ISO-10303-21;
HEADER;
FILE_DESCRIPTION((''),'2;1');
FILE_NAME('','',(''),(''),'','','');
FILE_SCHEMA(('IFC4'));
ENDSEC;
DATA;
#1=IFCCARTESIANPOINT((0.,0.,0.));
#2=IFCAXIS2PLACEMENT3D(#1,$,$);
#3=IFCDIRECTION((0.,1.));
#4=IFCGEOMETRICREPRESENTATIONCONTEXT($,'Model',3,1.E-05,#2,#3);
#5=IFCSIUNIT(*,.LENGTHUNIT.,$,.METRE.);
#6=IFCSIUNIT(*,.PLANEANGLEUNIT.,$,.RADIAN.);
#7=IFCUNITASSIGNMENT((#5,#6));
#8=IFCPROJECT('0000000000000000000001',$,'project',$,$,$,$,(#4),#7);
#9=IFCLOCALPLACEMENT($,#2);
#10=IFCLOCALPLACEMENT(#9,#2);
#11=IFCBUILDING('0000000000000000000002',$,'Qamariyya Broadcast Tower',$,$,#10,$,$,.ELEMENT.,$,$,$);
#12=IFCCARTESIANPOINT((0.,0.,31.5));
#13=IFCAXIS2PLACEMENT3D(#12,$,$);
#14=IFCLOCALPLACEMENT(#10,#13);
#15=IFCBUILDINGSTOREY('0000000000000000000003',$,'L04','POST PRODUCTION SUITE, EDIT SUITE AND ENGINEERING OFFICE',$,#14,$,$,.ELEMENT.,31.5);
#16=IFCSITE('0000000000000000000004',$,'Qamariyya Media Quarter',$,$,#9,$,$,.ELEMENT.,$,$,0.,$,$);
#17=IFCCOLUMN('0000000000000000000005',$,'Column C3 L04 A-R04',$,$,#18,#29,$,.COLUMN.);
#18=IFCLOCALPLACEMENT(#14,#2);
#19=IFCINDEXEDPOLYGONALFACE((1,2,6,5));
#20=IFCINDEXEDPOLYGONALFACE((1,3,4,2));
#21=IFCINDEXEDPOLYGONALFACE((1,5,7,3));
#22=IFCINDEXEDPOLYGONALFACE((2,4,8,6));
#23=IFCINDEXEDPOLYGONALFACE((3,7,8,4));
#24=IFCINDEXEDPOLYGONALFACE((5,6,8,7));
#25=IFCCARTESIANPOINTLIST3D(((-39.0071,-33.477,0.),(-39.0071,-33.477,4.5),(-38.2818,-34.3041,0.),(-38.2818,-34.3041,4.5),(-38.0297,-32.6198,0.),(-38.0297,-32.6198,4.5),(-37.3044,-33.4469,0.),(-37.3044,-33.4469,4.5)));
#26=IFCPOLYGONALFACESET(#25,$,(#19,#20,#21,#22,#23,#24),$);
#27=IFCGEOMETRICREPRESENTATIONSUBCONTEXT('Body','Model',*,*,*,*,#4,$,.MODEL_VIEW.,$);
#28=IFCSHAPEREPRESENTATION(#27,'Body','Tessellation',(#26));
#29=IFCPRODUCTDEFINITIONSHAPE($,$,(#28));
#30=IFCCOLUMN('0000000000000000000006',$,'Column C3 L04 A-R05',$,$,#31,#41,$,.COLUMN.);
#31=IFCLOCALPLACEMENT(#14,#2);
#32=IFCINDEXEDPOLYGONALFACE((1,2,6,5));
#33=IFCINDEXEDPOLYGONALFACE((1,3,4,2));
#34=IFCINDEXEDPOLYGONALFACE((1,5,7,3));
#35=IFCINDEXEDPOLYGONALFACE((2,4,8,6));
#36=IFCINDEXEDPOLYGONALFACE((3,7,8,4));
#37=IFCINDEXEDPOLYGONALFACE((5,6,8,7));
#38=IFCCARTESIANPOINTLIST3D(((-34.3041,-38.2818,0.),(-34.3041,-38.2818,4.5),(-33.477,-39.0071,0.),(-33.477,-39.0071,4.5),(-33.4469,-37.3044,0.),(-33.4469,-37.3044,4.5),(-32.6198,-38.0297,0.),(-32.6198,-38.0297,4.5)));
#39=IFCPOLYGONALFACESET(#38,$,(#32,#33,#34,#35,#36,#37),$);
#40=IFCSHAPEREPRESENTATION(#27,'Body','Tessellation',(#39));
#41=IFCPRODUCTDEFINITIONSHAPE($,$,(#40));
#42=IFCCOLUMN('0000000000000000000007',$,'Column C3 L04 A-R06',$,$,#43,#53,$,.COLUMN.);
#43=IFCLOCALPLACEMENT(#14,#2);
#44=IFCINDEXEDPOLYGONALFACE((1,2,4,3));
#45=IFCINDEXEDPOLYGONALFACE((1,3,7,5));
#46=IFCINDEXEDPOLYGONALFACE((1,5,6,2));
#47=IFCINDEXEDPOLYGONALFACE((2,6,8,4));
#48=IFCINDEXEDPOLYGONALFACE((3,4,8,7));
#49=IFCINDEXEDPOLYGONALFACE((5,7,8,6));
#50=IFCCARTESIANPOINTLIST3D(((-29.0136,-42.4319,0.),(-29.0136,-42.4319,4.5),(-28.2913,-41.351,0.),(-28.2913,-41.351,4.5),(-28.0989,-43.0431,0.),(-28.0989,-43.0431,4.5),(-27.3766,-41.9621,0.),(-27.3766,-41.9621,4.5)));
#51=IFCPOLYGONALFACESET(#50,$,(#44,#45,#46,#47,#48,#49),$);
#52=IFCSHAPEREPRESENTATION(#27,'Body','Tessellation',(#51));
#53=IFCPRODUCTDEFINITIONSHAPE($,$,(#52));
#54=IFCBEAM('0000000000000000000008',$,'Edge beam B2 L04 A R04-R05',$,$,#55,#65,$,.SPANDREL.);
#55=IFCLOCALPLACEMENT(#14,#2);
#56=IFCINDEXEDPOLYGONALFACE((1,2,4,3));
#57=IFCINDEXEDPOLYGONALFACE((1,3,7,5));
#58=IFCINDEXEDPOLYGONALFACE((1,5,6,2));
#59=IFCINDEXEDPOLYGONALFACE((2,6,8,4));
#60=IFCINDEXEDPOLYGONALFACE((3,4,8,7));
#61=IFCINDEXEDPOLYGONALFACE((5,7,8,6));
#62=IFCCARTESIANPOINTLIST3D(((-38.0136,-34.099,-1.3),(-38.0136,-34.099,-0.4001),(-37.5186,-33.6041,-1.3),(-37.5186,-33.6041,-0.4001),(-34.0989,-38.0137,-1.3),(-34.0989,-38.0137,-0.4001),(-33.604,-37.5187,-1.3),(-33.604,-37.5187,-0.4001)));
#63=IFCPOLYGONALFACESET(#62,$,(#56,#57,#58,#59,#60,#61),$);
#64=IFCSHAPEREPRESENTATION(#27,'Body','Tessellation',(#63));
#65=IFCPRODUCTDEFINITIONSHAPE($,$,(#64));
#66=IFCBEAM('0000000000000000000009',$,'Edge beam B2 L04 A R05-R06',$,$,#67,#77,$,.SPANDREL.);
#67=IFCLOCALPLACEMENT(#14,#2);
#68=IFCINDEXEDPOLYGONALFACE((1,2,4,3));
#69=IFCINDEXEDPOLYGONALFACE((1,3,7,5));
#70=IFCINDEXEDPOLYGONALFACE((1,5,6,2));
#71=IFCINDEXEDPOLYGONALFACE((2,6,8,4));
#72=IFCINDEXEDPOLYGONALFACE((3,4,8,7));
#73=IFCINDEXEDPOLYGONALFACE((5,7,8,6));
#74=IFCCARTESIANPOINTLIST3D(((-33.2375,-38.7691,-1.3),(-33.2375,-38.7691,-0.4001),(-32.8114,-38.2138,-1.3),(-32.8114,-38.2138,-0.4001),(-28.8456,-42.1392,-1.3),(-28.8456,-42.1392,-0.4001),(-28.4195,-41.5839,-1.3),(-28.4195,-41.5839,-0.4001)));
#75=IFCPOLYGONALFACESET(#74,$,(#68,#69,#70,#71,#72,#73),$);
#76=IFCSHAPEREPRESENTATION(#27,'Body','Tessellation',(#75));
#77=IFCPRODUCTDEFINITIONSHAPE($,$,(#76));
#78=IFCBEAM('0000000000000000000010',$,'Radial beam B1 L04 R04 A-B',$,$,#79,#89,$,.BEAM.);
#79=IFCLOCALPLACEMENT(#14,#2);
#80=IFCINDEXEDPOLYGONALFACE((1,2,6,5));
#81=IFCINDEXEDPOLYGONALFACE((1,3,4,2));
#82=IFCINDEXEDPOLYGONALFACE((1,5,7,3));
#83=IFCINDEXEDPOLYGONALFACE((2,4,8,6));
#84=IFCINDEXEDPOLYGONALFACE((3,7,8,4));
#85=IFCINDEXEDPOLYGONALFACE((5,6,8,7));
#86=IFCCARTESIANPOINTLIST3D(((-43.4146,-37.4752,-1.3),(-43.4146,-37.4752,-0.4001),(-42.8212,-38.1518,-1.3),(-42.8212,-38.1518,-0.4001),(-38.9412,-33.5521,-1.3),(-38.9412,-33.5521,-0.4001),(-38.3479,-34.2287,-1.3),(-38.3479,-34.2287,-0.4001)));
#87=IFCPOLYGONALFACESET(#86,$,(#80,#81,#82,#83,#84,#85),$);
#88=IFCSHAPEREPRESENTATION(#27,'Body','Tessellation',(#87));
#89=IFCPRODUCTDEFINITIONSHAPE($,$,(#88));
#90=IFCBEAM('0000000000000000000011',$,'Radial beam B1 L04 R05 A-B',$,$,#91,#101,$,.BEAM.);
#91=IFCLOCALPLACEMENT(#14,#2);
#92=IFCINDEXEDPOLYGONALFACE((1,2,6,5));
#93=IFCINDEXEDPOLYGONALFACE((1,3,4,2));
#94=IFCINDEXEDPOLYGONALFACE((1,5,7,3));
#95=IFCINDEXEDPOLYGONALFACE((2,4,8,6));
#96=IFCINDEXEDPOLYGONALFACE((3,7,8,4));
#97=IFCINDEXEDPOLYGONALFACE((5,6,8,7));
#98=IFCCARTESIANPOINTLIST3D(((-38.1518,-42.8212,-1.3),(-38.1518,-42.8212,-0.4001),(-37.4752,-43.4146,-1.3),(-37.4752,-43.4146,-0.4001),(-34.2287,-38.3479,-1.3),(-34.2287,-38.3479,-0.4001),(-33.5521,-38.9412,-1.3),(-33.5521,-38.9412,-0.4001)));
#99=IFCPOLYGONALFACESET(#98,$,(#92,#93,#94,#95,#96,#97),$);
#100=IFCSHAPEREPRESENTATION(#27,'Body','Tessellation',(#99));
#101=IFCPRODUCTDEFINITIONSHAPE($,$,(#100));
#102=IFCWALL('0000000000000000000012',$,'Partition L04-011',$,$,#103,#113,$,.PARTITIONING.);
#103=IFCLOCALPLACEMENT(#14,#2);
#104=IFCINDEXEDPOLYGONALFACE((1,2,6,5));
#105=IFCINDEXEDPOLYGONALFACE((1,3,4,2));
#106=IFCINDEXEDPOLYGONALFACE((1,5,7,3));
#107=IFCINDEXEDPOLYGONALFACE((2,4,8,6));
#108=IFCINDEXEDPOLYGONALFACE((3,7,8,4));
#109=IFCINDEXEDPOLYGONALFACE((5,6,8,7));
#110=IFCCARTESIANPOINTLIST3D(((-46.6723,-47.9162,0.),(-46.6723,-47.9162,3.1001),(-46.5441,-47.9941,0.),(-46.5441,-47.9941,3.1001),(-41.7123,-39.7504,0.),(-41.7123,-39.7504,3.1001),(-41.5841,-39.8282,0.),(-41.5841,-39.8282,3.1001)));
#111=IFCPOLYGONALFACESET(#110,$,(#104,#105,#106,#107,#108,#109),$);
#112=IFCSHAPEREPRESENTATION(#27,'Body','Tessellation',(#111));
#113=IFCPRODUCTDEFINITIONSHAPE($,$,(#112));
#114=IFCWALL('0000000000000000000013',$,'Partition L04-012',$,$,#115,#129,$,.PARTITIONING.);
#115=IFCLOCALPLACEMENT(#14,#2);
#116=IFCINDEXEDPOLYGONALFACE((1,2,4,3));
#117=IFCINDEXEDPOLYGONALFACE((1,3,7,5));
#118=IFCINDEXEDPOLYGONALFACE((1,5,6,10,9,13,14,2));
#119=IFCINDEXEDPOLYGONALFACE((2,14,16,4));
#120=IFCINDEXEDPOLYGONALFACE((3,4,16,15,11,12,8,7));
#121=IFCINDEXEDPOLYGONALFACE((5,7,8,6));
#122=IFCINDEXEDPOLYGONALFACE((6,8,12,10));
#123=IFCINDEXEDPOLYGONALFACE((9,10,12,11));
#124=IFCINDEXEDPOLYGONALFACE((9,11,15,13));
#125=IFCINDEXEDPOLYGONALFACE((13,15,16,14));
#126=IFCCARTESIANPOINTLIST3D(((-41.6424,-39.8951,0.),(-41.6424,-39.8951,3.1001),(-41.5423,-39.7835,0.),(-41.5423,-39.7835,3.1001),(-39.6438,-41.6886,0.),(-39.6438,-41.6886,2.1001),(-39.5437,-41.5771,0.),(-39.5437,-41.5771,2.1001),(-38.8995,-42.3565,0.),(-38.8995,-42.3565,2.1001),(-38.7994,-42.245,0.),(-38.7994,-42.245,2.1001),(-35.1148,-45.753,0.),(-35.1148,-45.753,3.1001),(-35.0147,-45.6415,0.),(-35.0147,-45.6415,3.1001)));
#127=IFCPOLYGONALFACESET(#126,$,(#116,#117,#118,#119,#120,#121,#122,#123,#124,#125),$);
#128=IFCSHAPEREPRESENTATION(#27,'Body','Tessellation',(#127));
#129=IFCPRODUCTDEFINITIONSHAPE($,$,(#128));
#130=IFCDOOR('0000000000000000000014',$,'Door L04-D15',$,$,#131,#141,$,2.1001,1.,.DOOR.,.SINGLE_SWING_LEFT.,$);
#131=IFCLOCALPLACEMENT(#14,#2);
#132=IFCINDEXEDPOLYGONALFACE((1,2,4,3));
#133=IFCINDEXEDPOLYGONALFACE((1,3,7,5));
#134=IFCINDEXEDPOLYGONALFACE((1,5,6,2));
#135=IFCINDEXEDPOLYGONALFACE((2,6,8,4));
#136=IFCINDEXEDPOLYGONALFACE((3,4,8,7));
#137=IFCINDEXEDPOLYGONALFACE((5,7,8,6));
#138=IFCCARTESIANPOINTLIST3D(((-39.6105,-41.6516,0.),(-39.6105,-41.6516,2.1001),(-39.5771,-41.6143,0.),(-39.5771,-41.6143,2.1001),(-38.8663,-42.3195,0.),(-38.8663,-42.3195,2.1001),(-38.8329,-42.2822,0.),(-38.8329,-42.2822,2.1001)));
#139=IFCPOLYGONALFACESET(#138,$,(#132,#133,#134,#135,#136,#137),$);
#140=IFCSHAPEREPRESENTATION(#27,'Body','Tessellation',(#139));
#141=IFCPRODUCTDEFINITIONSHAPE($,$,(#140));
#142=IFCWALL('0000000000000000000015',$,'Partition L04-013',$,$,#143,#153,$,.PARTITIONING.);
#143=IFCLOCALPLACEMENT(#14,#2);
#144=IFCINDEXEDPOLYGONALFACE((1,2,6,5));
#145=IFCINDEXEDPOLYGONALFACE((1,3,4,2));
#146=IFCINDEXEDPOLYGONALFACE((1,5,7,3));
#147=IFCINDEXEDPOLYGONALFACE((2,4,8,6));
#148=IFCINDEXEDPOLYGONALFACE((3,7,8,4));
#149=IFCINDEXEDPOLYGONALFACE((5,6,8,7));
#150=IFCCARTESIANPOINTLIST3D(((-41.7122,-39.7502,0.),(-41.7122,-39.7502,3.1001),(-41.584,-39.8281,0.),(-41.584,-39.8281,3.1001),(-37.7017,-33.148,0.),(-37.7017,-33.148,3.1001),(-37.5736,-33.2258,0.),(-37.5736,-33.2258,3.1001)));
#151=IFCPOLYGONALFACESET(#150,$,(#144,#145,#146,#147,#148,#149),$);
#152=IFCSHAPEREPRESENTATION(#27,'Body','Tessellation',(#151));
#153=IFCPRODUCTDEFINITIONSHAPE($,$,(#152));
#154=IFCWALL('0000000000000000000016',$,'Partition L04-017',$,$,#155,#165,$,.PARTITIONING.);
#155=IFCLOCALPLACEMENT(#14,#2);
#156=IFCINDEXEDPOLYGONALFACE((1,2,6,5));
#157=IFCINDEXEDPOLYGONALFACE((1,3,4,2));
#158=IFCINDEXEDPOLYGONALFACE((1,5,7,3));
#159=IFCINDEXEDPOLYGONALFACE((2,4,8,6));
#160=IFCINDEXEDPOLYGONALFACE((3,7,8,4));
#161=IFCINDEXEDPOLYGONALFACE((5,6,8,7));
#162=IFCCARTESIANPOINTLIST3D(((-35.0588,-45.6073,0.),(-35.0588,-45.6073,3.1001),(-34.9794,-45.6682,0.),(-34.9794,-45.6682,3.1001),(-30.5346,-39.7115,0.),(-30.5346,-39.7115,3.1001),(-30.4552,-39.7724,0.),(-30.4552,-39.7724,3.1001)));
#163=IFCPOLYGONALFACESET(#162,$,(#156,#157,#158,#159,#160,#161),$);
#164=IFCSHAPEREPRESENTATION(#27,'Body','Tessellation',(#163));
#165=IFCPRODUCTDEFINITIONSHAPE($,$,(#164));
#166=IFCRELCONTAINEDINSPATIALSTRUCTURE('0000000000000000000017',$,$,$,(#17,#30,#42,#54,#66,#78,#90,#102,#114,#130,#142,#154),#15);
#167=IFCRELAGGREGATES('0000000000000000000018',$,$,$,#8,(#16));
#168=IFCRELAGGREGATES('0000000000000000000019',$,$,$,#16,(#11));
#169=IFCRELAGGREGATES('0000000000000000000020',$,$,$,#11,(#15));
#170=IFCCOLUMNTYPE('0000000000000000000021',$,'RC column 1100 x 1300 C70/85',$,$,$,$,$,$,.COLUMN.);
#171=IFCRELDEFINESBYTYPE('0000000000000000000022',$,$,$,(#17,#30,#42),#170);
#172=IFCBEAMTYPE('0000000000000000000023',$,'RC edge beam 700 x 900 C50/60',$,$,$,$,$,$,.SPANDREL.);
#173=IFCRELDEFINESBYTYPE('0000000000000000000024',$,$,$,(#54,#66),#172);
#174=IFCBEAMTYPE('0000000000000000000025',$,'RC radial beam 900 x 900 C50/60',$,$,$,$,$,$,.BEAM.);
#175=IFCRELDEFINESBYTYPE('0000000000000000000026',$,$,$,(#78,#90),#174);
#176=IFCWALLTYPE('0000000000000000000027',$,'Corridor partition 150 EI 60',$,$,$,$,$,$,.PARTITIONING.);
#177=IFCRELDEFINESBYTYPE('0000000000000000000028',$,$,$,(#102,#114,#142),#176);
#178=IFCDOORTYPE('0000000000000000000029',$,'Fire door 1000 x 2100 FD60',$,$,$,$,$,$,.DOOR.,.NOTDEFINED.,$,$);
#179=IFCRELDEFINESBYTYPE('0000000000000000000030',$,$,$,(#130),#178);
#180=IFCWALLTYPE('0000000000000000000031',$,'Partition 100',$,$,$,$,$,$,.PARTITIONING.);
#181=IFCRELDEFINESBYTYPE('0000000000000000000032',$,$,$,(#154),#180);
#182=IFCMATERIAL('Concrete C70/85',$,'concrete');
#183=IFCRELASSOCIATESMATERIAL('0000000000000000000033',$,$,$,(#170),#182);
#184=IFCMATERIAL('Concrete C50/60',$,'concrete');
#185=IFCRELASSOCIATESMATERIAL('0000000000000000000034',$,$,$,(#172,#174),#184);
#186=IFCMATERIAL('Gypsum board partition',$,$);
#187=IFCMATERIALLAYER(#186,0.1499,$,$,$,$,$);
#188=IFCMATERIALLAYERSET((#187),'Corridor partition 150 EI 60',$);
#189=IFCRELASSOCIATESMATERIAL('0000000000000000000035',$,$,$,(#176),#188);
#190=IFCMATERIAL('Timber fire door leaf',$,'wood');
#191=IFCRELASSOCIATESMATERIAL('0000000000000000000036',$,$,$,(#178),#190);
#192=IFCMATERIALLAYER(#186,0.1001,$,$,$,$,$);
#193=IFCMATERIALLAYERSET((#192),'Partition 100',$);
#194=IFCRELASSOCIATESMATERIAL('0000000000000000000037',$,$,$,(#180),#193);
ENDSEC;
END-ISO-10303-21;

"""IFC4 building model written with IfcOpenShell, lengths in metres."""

from ifc_helpers import new_model, si_unit, direction, frame, frame_2d, origin, origin_2d, place, context, subcontext, project, spatial, rectangle, extrude, material, layer, layer_set, material_profile, profile_set, type_object, element, fill, save


model = new_model("IFC4")

# Units and contexts
model_context = context("Model", 3, precision=1e-05, world=origin(), true_north=direction((0.0, 1.0)))
body_context = subcontext(model_context, "Body", "Model", "MODEL_VIEW")
ifc_project = project(units=[si_unit("LENGTHUNIT", "METRE"), si_unit("PLANEANGLEUNIT", "RADIAN")], contexts=[model_context])

# Site, building, storey
site_placement = place(None, origin())
site = spatial("IfcSite", under=ifc_project, at=site_placement, Name="Qamariyya Media Quarter", CompositionType="ELEMENT", RefElevation=0.0)
building_placement = place(site_placement, origin())
building = spatial("IfcBuilding", under=site, at=building_placement, Name="Qamariyya Broadcast Tower", CompositionType="ELEMENT")
storey_placement = place(building_placement, frame((0.0, 0.0, 31.5)))
storey = spatial("IfcBuildingStorey", under=building, at=storey_placement, Name="L04", Description="POST PRODUCTION SUITE, EDIT SUITE AND ENGINEERING OFFICE", CompositionType="ELEMENT", Elevation=31.5)

# Columns
ifc_material_1 = material(Name="Concrete C70/85", Category="concrete")
ifc_material_profile_1 = material_profile(ifc_material_1, rectangle(XDim=1.1001, YDim=1.3, at=origin_2d()))
ifc_profile_set_1 = profile_set([ifc_material_profile_1], Name="Concrete C70/85")
column_type = type_object("IfcColumnType", Name="RC column 1100 x 1300 C70/85", PredefinedType="COLUMN", material=ifc_profile_set_1)
for number, where, z_axis, x_axis, name in (
    (1, (-38.1558, -33.4619, 0.0), (0.0, 0.0, 1.0), (0.659346, -0.75184, 0.0), "Column C3 L04 A-R04"),
    (2, (-33.4619, -38.1558, 0.0), (0.0, 0.0, 1.0), (0.75184, -0.659346, 0.0), "Column C3 L04 A-R05"),
    (3, (-28.1951, -42.197, 0.0), (0.0, 0.0, 1.0), (0.83147, -0.55557, 0.0), "Column C3 L04 A-R06"),
):
    element("IfcColumn", number, at=place(storey_placement, frame(where, z_axis=z_axis, x_axis=x_axis)), inside=storey, type_object=column_type, Name=name, PredefinedType="COLUMN", context=body_context, shape_type="SweptSolid", body=[
        extrude(rectangle(XDim=1.1001, YDim=1.3, at=origin_2d()), origin(), (0.0, 0.0, 1.0), 4.5),
    ])

# Beams
ifc_material_2 = material(Name="Concrete C50/60", Category="concrete")
ifc_material_profile_2 = material_profile(ifc_material_2, rectangle(XDim=0.7, YDim=0.8999, at=origin_2d()))
ifc_profile_set_2 = profile_set([ifc_material_profile_2], Name="Concrete C50/60")
beam_type_1 = type_object("IfcBeamType", Name="RC edge beam 700 x 900 C50/60", PredefinedType="SPANDREL", material=ifc_profile_set_2)
beam_1_placement = place(storey_placement, frame((-37.7661, -33.8516, -0.8501), z_axis=(0.707107, -0.707107, 0.0), x_axis=(0.707107, 0.707107, 0.0)))
element("IfcBeam", 4, at=beam_1_placement, inside=storey, type_object=beam_type_1, Name="Edge beam B2 L04 A R04-R05", PredefinedType="SPANDREL", context=body_context, shape_type="SweptSolid", body=[
    extrude(rectangle(XDim=0.7, YDim=0.8999, at=origin_2d()), origin(), (0.0, 0.0, 1.0), 5.5361),
])
beam_2_placement = place(storey_placement, frame((-33.0244, -38.4915, -0.8501), z_axis=(0.793342, -0.608777, 0.0), x_axis=(0.608777, 0.793342, 0.0)))
element("IfcBeam", 5, at=beam_2_placement, inside=storey, type_object=beam_type_1, Name="Edge beam B2 L04 A R05-R06", PredefinedType="SPANDREL", context=body_context, shape_type="SweptSolid", body=[
    extrude(rectangle(XDim=0.7, YDim=0.8999, at=origin_2d()), origin(), (0.0, 0.0, 1.0), 5.5359),
])
ifc_material_profile_3 = material_profile(ifc_material_2, rectangle(XDim=0.8999, YDim=0.8999, at=origin_2d()))
ifc_profile_set_3 = profile_set([ifc_material_profile_3], Name="Concrete C50/60")
beam_type_2 = type_object("IfcBeamType", Name="RC radial beam 900 x 900 C50/60", PredefinedType="BEAM", material=ifc_profile_set_3)
for number, where, z_axis, x_axis, name in (
    (6, (-38.6445, -33.8904, -0.8501), (-0.751837, -0.65935, 0.0), (0.65935, -0.751837, 0.0), "Radial beam B1 L04 R04 A-B"),
    (7, (-33.8904, -38.6445, -0.8501), (-0.65935, -0.751837, 0.0), (0.751837, -0.65935, 0.0), "Radial beam B1 L04 R05 A-B"),
):
    element("IfcBeam", number, at=place(storey_placement, frame(where, z_axis=z_axis, x_axis=x_axis)), inside=storey, type_object=beam_type_2, Name=name, PredefinedType="BEAM", context=body_context, shape_type="SweptSolid", body=[
        extrude(rectangle(XDim=0.8999, YDim=0.8999, at=origin_2d()), origin(), (0.0, 0.0, 1.0), 5.95),
    ])

# Wall
ifc_material_3 = material(Name="Gypsum board partition")
ifc_layer_1 = layer(ifc_material_3, 0.1499)
ifc_layer_set_1 = layer_set([ifc_layer_1], Name="Corridor partition 150 EI 60")
wall_type_1 = type_object("IfcWallType", Name="Corridor partition 150 EI 60", PredefinedType="PARTITIONING", material=ifc_layer_set_1)
wall_1_placement = place(storey_placement, frame((-41.6482, -39.7893, 0.0), z_axis=(0.0, 0.0, 1.0), x_axis=(-0.519144, -0.854687, 0.0)))
element("IfcWall", 8, at=wall_1_placement, inside=storey, type_object=wall_type_1, Name="Partition L04-011", PredefinedType="PARTITIONING", context=body_context, shape_type="SweptSolid", body=[
    extrude(rectangle(XDim=9.5542, YDim=0.1499, at=frame_2d((4.7771, 0.0))), origin(), (0.0, 0.0, 1.0), 3.1001),
])

# Wall, opening, door
wall_2_placement = place(storey_placement, frame((-41.5923, -39.8394, 0.0), z_axis=(0.0, 0.0, 1.0), x_axis=(0.744253, -0.667898, 0.0)))
wall_2 = element("IfcWall", 9, at=wall_2_placement, inside=storey, type_object=wall_type_1, Name="Partition L04-012", PredefinedType="PARTITIONING", context=body_context, shape_type="SweptSolid", body=[
    extrude(rectangle(XDim=8.7708, YDim=0.1499, at=frame_2d((4.3853, 0.0))), origin(), (0.0, 0.0, 1.0), 3.1001),
])
opening_1_placement = place(wall_2_placement, frame((2.6853, 0.0, 0.0)))
opening_1 = element("IfcOpeningElement", 10, at=opening_1_placement, cuts=wall_2, PredefinedType="OPENING", context=body_context, shape_type="SweptSolid", body=[
    extrude(rectangle(XDim=1.0, YDim=2.1001, at=frame_2d((0.5, 1.05))), frame((0.0, 0.085, 0.0), z_axis=(0.0, -1.0, 0.0), x_axis=(1.0, 0.0, 0.0)), (0.0, 0.0, 1.0), 0.1699),
])
ifc_material_4 = material(Name="Timber fire door leaf", Category="wood")
door_type = type_object("IfcDoorType", Name="Fire door 1000 x 2100 FD60", OperationType="NOTDEFINED", PredefinedType="DOOR", material=ifc_material_4)
door_placement = place(opening_1_placement, origin())
door = element("IfcDoor", 11, at=door_placement, inside=storey, type_object=door_type, Name="Door L04-D15", OperationType="SINGLE_SWING_LEFT", OverallHeight=2.1001, OverallWidth=1.0, PredefinedType="DOOR", context=body_context, shape_type="SweptSolid", body=[
    extrude(rectangle(XDim=1.0, YDim=2.1001, at=frame_2d((0.5, 1.05))), frame((0.0, 0.0249, 0.0), z_axis=(0.0, -1.0, 0.0), x_axis=(1.0, 0.0, 0.0)), (0.0, 0.0, 1.0), 0.05),
])
fill(opening_1, door)

# Walls
wall_3_placement = place(storey_placement, frame((-37.6377, -33.187, 0.0), z_axis=(0.0, 0.0, 1.0), x_axis=(-0.519164, -0.854675, 0.0)))
element("IfcWall", 12, at=wall_3_placement, inside=storey, type_object=wall_type_1, Name="Partition L04-013", PredefinedType="PARTITIONING", context=body_context, shape_type="SweptSolid", body=[
    extrude(rectangle(XDim=7.7249, YDim=0.1499, at=frame_2d((3.8623, 0.0))), origin(), (0.0, 0.0, 1.0), 3.1001),
])
ifc_layer_2 = layer(ifc_material_3, 0.1001)
ifc_layer_set_2 = layer_set([ifc_layer_2], Name="Partition 100")
wall_type_2 = type_object("IfcWallType", Name="Partition 100", PredefinedType="PARTITIONING", material=ifc_layer_set_2)
wall_4_placement = place(storey_placement, frame((-30.4949, -39.7419, 0.0), z_axis=(0.0, 0.0, 1.0), x_axis=(-0.608778, -0.79334, 0.0)))
element("IfcWall", 13, at=wall_4_placement, inside=storey, type_object=wall_type_2, Name="Partition L04-017", PredefinedType="PARTITIONING", context=body_context, shape_type="SweptSolid", body=[
    extrude(rectangle(XDim=7.4316, YDim=0.1001, at=frame_2d((3.7158, 0.0))), origin(), (0.0, 0.0, 1.0), 3.1001),
])

save(model, "model.ifc")
